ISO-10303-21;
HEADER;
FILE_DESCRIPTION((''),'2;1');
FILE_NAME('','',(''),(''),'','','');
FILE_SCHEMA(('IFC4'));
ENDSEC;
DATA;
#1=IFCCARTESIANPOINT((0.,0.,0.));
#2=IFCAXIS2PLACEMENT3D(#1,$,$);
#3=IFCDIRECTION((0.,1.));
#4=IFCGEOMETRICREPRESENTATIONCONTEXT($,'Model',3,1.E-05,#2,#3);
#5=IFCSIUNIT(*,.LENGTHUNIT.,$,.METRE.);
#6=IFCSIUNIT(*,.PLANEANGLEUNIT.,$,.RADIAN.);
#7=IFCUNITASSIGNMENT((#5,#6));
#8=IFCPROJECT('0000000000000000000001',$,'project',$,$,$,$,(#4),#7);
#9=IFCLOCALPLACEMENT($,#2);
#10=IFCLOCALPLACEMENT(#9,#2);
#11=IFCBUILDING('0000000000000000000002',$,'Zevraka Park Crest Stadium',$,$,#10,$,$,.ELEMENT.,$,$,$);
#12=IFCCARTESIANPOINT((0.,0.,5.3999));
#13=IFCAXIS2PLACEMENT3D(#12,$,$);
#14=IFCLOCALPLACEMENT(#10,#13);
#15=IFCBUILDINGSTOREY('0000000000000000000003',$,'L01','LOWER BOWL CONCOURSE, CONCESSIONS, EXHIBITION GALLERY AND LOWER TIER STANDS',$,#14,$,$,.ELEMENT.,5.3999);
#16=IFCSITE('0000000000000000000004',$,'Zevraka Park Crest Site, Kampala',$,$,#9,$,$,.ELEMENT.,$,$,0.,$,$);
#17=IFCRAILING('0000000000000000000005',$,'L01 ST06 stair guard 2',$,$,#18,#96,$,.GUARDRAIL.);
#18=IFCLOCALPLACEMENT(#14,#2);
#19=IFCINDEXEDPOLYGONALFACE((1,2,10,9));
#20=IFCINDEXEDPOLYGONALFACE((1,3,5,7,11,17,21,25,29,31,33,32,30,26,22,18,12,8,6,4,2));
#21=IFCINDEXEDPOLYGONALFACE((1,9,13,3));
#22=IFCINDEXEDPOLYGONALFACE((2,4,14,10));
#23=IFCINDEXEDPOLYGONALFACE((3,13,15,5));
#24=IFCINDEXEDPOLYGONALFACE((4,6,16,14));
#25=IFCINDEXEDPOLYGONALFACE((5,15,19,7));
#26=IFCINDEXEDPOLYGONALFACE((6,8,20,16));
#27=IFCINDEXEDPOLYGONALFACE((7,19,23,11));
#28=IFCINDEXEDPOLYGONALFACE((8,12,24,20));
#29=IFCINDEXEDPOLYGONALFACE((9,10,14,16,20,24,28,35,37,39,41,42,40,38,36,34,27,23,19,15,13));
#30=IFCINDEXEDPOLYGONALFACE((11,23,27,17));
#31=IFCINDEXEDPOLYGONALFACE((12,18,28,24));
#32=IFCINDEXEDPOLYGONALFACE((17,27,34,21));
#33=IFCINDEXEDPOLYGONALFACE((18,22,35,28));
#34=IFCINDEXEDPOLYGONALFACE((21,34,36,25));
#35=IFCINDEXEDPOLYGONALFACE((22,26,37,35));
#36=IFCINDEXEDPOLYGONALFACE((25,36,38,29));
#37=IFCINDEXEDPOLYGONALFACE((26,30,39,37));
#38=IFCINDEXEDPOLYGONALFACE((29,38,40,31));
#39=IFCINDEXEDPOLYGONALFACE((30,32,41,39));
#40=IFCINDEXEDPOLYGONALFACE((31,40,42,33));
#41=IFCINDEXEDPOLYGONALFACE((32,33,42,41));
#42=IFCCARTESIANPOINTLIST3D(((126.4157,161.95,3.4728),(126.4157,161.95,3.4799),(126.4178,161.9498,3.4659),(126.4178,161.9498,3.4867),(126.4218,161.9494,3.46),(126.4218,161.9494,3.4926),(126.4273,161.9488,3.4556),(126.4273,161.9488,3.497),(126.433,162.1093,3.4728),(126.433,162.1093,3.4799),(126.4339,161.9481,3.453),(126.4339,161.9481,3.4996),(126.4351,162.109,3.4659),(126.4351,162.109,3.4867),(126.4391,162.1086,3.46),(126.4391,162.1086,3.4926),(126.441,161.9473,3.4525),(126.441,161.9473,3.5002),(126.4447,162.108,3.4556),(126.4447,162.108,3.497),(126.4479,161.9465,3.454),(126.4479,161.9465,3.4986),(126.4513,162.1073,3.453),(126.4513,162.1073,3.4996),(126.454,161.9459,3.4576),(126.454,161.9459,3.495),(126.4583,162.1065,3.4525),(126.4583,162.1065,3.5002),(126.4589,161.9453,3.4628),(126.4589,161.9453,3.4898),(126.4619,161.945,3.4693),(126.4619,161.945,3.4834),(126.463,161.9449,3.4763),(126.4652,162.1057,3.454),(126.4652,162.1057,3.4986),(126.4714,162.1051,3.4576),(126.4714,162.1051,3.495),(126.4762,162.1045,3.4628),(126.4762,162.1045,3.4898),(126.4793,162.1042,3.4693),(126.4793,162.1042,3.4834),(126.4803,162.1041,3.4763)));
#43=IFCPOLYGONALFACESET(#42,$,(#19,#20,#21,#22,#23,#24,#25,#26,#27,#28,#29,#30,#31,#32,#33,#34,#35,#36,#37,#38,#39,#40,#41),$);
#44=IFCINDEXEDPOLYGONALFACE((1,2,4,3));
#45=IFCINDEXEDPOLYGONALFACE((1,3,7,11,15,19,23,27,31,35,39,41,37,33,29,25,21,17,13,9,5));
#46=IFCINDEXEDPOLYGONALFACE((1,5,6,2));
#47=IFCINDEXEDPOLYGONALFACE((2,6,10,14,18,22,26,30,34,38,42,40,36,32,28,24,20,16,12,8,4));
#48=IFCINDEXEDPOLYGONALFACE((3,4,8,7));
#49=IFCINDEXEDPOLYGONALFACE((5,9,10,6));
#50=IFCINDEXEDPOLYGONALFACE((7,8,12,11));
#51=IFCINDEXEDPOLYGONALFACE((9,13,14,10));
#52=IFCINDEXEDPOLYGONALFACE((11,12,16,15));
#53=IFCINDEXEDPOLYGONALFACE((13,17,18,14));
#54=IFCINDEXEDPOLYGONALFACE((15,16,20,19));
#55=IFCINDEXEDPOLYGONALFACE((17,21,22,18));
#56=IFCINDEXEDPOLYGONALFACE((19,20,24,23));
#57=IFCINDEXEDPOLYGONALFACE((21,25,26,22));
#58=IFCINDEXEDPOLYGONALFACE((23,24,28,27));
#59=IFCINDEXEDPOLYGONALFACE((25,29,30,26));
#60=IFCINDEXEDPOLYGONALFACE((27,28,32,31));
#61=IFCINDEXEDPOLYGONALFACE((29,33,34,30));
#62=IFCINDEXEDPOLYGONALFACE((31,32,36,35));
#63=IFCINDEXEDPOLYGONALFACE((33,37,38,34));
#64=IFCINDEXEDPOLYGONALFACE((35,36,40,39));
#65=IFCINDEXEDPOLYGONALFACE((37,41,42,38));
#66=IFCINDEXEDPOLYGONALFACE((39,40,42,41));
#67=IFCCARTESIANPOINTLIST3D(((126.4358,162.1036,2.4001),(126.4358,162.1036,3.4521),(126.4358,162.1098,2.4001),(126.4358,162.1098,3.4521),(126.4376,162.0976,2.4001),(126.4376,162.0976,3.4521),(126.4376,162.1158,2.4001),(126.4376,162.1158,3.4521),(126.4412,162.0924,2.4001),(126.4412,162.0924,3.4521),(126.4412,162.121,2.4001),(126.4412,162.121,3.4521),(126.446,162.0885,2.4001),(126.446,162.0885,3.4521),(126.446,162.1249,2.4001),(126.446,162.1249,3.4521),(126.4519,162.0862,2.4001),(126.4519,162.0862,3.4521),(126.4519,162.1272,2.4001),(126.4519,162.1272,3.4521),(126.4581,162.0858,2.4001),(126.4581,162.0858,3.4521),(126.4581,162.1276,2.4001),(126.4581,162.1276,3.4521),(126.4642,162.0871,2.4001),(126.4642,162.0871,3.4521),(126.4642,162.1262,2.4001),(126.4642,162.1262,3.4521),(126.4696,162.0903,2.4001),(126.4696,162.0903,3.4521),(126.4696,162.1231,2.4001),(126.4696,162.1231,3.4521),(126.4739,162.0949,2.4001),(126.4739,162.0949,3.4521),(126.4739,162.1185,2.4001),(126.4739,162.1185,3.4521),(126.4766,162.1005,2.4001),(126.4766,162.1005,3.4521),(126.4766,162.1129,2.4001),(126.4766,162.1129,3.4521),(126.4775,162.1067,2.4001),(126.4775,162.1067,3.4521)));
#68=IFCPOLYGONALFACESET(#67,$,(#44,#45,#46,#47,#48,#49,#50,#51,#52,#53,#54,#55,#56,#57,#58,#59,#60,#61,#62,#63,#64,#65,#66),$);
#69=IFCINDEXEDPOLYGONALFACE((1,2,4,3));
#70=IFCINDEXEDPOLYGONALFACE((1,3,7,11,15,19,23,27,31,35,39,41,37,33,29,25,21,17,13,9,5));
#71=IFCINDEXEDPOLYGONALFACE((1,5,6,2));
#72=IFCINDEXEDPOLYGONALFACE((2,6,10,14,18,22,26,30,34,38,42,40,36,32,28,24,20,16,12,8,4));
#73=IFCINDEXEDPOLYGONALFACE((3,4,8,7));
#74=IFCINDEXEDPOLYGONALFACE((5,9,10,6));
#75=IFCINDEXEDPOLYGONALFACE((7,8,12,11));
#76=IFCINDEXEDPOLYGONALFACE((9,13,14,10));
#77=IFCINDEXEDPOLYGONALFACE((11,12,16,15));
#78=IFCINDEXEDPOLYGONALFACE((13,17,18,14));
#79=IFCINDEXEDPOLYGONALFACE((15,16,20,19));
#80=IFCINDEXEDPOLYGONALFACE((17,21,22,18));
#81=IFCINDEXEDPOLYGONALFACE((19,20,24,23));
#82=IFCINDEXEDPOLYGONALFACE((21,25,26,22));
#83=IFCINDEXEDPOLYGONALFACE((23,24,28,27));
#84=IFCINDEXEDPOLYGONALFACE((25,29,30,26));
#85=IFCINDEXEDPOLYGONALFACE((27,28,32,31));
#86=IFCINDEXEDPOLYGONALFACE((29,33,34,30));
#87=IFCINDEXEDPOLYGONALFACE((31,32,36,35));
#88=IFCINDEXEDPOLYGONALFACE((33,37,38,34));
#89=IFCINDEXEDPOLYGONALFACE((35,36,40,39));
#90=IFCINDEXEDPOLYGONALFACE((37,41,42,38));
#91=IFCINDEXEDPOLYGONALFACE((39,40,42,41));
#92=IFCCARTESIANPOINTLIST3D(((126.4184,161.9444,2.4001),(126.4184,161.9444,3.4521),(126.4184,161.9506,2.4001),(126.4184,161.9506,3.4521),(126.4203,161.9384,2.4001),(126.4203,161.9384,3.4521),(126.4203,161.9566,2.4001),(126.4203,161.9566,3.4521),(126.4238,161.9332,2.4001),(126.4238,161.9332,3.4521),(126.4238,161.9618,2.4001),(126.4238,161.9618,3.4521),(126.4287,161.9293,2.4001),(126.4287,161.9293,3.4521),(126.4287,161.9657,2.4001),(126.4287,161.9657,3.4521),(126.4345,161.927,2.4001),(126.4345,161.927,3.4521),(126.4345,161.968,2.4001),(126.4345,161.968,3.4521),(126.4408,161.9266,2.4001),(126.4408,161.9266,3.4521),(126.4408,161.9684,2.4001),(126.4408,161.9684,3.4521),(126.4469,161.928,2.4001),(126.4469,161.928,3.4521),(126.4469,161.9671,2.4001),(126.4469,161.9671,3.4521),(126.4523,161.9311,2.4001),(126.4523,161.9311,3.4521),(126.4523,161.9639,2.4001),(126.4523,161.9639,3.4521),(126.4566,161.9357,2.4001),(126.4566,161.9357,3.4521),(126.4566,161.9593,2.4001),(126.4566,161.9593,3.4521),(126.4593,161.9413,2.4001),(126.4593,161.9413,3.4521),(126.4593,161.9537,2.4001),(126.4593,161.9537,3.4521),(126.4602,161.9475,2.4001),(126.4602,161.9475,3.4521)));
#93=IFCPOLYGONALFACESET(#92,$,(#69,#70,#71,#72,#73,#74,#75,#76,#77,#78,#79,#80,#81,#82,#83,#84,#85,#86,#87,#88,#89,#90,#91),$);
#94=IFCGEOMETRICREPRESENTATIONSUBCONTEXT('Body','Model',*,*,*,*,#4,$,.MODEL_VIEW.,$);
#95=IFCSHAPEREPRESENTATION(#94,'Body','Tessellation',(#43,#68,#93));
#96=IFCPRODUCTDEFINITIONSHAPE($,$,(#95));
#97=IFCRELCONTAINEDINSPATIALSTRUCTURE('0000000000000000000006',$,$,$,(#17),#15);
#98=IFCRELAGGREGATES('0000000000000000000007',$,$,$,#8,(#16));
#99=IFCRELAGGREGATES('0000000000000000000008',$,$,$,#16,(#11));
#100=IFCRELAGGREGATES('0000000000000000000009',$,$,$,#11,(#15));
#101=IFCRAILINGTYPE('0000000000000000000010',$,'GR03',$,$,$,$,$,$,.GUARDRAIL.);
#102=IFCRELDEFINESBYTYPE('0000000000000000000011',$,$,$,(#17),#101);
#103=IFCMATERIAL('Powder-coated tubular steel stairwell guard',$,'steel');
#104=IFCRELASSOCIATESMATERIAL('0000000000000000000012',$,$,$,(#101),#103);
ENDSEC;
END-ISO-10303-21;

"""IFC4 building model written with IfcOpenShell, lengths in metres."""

from ifc_helpers import new_model, si_unit, direction, frame, origin, origin_2d, place, context, subcontext, project, spatial, circle, extrude, material, type_object, element, save


model = new_model("IFC4")

# Units and contexts
model_context = context("Model", 3, precision=1e-05, world=origin(), true_north=direction((0.0, 1.0)))
body_context = subcontext(model_context, "Body", "Model", "MODEL_VIEW")
ifc_project = project(units=[si_unit("LENGTHUNIT", "METRE"), si_unit("PLANEANGLEUNIT", "RADIAN")], contexts=[model_context])

# Site, building, storey
site_placement = place(None, origin())
site = spatial("IfcSite", under=ifc_project, at=site_placement, Name="Zevraka Park Crest Site, Kampala", CompositionType="ELEMENT", RefElevation=0.0)
building_placement = place(site_placement, origin())
building = spatial("IfcBuilding", under=site, at=building_placement, Name="Zevraka Park Crest Stadium", CompositionType="ELEMENT")
storey_placement = place(building_placement, frame((0.0, 0.0, 5.3999)))
storey = spatial("IfcBuildingStorey", under=building, at=storey_placement, Name="L01", Description="LOWER BOWL CONCOURSE, CONCESSIONS, EXHIBITION GALLERY AND LOWER TIER STANDS", CompositionType="ELEMENT", Elevation=5.3999)

# Railing
ifc_material_1 = material(Name="Powder-coated tubular steel stairwell guard", Category="steel")
railing_type_1 = type_object("IfcRailingType", Name="GR03", PredefinedType="GUARDRAIL", material=ifc_material_1)
railing_1_placement = place(storey_placement, frame((126.4565, 162.1067, 2.4001)))
element("IfcRailing", 1, at=railing_1_placement, inside=storey, type_object=railing_type_1, Name="L01 ST06 stair guard 2", PredefinedType="GUARDRAIL", context=body_context, shape_type="SweptSolid", body=[
    extrude(circle(Radius=0.0239, at=origin_2d()), frame((0.0, 0.0, 1.0762), z_axis=(-0.108256, -0.994123, 0.0), x_axis=(0.994123, -0.108256, 0.0)), (0.0, 0.0, 1.0), 0.1602),
    extrude(circle(Radius=0.021, at=origin_2d()), origin(), (0.0, 0.0, 1.0), 1.052),
    extrude(circle(Radius=0.021, at=origin_2d()), frame((-0.0173, -0.1592, 0.0)), (0.0, 0.0, 1.0), 1.052),
])

save(model, "model.ifc")
